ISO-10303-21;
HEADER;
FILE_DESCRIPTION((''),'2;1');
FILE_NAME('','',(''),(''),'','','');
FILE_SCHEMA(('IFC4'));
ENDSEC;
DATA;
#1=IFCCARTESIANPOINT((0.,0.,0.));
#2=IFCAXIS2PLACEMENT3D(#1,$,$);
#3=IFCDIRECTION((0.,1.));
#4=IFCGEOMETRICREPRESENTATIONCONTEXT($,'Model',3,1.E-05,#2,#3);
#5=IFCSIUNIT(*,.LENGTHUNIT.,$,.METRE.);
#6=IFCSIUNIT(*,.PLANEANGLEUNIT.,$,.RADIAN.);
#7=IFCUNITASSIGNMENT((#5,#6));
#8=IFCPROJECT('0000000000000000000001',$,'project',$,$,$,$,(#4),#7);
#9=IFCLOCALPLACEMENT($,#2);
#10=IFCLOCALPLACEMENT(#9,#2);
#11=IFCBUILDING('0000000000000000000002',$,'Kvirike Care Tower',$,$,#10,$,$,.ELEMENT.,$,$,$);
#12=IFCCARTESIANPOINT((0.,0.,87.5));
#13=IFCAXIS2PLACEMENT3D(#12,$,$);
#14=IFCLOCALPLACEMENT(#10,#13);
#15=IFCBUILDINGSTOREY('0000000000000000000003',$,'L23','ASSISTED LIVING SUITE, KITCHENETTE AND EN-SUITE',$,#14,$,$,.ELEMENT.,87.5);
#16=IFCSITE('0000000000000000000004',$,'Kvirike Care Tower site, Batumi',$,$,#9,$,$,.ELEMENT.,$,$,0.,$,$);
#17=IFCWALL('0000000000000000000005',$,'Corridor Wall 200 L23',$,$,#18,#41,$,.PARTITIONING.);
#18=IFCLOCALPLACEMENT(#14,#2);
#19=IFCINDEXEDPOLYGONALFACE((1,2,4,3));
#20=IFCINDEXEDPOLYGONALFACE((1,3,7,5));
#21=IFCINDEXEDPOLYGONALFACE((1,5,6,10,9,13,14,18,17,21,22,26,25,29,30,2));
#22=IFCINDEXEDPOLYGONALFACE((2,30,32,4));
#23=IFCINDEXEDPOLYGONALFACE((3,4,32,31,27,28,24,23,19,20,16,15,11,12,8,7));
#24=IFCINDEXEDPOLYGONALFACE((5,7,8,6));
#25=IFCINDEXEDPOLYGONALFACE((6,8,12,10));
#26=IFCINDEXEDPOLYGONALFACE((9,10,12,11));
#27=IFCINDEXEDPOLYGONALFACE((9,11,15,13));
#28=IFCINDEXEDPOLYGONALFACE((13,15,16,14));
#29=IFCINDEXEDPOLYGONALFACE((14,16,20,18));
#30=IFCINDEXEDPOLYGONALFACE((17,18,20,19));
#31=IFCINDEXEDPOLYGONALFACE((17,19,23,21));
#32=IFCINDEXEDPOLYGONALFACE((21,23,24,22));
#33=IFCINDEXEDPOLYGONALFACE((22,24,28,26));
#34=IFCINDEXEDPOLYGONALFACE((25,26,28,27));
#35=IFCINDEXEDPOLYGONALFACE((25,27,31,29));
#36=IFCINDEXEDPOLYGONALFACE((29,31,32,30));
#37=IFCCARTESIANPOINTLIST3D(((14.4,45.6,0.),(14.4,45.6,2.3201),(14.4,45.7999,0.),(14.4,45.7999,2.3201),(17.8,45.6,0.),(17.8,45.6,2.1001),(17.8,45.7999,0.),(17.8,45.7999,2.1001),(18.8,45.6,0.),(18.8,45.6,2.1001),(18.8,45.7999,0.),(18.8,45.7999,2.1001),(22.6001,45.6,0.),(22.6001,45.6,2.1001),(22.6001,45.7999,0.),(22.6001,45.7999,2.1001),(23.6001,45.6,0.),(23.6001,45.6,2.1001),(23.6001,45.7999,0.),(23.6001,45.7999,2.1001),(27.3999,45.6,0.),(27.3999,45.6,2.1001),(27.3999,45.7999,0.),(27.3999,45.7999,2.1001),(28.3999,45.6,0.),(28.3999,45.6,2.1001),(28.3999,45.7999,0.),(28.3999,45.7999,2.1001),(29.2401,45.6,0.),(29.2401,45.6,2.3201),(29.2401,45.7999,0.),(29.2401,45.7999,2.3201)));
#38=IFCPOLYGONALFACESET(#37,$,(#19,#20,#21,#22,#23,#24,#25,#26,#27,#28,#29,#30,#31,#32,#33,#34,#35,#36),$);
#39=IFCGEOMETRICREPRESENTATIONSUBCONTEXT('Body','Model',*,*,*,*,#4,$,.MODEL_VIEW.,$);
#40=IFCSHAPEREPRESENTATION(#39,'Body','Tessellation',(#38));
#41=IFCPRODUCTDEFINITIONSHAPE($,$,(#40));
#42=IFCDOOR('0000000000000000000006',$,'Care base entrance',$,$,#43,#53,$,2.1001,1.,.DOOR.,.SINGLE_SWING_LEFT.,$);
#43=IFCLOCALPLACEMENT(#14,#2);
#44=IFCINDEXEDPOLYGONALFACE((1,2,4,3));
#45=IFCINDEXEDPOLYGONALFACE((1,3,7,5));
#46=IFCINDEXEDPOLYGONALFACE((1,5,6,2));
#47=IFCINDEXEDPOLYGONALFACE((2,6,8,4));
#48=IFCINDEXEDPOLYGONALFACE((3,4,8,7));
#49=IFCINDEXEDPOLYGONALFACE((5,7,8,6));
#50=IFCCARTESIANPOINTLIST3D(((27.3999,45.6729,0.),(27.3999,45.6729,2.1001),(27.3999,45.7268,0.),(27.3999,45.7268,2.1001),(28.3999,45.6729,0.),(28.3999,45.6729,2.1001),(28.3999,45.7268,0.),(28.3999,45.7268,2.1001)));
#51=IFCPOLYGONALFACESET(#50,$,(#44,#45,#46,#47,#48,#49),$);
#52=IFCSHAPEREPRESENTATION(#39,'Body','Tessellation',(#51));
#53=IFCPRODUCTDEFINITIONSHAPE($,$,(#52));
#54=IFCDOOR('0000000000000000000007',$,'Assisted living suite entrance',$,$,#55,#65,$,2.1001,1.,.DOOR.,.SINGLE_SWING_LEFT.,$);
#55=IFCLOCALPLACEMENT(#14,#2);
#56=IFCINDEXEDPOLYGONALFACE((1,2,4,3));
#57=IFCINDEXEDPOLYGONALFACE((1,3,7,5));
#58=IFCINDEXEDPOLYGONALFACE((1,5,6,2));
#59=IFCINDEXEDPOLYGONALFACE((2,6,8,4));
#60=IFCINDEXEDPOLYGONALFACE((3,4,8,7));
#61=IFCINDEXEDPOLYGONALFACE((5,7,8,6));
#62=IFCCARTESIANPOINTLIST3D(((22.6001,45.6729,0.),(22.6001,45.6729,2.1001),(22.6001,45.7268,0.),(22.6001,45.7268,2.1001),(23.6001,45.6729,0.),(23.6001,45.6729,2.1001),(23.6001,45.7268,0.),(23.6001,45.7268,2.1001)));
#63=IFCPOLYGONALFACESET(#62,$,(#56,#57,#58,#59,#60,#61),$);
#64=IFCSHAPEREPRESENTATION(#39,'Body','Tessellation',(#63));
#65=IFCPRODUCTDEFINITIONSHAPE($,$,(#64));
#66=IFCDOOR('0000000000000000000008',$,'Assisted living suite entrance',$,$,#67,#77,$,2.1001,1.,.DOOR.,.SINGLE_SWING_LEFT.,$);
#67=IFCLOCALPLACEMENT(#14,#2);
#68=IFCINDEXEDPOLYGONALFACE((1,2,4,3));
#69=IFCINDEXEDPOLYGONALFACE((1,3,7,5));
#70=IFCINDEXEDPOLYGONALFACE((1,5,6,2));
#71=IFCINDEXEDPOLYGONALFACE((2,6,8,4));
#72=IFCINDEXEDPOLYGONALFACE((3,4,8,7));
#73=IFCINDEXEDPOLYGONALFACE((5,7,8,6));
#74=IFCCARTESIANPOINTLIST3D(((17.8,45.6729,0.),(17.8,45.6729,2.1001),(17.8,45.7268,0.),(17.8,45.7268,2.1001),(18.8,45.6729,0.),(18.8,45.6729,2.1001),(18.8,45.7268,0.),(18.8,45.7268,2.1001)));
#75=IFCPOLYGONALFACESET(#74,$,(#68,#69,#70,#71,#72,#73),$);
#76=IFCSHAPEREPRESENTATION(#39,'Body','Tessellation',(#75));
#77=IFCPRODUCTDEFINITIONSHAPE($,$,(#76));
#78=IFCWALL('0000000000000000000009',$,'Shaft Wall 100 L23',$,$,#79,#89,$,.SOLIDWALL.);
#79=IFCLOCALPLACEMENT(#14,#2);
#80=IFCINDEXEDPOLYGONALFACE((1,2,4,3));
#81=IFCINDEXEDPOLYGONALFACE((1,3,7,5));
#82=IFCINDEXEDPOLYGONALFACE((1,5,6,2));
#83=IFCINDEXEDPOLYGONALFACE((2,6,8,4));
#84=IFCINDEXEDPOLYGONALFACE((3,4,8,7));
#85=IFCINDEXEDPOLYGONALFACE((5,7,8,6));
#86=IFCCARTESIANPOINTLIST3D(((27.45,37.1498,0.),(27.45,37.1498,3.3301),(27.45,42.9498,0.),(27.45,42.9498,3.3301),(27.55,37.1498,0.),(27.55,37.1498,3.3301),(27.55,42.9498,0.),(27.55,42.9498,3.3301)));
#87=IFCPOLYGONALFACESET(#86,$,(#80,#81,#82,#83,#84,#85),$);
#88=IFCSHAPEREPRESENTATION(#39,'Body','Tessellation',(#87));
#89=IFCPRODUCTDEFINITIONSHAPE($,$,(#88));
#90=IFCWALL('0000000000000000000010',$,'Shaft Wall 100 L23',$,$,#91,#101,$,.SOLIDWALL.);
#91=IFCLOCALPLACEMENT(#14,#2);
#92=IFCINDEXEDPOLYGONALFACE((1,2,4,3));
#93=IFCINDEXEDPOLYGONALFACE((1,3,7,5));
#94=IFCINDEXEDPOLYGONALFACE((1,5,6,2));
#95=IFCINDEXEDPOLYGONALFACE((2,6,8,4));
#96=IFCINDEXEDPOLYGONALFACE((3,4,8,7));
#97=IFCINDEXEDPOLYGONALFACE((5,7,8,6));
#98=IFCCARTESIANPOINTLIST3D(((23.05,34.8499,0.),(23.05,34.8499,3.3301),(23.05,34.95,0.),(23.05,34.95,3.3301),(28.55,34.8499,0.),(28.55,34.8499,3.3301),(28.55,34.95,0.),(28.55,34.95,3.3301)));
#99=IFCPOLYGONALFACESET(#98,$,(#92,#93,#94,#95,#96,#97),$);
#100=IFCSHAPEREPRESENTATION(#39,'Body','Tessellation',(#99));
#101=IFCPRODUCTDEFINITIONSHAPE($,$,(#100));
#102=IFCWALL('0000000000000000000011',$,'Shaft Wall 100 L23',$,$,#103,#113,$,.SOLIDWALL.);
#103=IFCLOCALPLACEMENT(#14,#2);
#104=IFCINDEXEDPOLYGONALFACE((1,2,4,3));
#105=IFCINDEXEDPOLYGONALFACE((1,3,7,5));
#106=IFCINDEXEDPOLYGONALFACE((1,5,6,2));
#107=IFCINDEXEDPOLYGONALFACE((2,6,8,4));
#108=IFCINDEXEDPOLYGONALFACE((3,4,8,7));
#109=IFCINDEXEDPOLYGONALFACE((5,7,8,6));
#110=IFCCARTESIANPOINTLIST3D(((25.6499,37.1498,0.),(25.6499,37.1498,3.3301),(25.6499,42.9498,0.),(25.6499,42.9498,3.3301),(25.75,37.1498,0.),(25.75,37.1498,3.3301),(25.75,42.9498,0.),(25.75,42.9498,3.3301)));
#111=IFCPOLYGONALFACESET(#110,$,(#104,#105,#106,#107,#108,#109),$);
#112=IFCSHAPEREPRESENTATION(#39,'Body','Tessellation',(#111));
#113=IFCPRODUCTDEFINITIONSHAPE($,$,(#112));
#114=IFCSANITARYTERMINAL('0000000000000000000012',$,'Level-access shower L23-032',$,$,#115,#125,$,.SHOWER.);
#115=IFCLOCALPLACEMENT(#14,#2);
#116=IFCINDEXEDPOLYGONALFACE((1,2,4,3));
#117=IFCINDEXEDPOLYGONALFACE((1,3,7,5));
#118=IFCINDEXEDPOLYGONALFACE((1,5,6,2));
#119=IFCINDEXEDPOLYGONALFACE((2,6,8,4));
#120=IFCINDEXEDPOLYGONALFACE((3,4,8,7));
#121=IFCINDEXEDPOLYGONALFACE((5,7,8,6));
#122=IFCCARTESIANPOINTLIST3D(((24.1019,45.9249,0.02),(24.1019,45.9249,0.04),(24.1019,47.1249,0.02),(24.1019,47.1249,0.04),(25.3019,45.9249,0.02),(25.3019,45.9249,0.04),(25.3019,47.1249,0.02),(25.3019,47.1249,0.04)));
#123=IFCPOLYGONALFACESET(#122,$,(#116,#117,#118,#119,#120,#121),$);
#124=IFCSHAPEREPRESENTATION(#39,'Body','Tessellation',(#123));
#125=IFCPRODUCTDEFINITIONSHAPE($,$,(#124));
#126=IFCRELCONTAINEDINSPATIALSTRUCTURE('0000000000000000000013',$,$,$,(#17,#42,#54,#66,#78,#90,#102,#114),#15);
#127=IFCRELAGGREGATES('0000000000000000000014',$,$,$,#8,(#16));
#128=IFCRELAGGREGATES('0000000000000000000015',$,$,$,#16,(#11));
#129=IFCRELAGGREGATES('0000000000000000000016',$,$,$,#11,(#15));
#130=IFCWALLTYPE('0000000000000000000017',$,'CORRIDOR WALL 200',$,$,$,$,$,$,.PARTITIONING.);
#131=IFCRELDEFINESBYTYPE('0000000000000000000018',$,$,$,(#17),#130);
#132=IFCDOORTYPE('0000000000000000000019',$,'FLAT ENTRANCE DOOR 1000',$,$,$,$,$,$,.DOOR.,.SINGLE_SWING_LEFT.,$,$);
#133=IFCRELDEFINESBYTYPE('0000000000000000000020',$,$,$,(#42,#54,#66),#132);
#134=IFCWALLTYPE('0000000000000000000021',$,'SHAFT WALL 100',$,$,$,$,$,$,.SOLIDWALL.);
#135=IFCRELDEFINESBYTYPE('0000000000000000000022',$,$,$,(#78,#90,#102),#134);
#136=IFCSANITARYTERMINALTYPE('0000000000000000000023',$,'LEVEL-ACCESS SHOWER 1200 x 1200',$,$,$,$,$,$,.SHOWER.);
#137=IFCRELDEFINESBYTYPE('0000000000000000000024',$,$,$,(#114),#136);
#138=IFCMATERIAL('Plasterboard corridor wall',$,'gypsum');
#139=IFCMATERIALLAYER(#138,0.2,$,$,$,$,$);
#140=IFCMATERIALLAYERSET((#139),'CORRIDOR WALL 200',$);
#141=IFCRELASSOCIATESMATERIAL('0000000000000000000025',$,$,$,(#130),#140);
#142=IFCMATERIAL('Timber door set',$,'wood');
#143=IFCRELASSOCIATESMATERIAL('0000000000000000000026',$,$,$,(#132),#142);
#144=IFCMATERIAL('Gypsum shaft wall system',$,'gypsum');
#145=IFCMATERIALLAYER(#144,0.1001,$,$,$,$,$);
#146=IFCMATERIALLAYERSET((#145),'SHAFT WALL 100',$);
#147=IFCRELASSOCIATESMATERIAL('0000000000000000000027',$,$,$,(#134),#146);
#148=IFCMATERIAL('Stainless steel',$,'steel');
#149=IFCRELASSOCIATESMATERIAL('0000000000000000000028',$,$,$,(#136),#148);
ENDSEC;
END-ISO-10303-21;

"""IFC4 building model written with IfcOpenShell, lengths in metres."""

from ifc_helpers import new_model, si_unit, direction, frame, frame_2d, origin, origin_2d, place, context, subcontext, project, spatial, rectangle, extrude, material, layer, layer_set, type_object, element, fill, save


model = new_model("IFC4")

# Units and contexts
model_context = context("Model", 3, precision=1e-05, world=origin(), true_north=direction((0.0, 1.0)))
body_context = subcontext(model_context, "Body", "Model", "MODEL_VIEW")
ifc_project = project(units=[si_unit("LENGTHUNIT", "METRE"), si_unit("PLANEANGLEUNIT", "RADIAN")], contexts=[model_context])

# Site, building, storey
site_placement = place(None, origin())
site = spatial("IfcSite", under=ifc_project, at=site_placement, Name="Kvirike Care Tower site, Batumi", CompositionType="ELEMENT", RefElevation=0.0)
building_placement = place(site_placement, origin())
building = spatial("IfcBuilding", under=site, at=building_placement, Name="Kvirike Care Tower", CompositionType="ELEMENT")
storey_placement = place(building_placement, frame((0.0, 0.0, 87.5)))
storey = spatial("IfcBuildingStorey", under=building, at=storey_placement, Name="L23", Description="ASSISTED LIVING SUITE, KITCHENETTE AND EN-SUITE", CompositionType="ELEMENT", Elevation=87.5)

# Wall, openings, doors
ifc_material_1 = material(Name="Plasterboard corridor wall", Category="gypsum")
ifc_layer_1 = layer(ifc_material_1, 0.2)
ifc_layer_set_1 = layer_set([ifc_layer_1], Name="CORRIDOR WALL 200")
wall_type_1 = type_object("IfcWallType", Name="CORRIDOR WALL 200", PredefinedType="PARTITIONING", material=ifc_layer_set_1)
wall_1_placement = place(storey_placement, frame((29.24, 45.7, 0.0), z_axis=(0.0, 0.0, 1.0), x_axis=(-1.0, 0.0, 0.0)))
wall_1 = element("IfcWall", 1, at=wall_1_placement, inside=storey, type_object=wall_type_1, Name="Corridor Wall 200 L23", PredefinedType="PARTITIONING", context=body_context, shape_type="SweptSolid", body=[
    extrude(rectangle(XDim=14.8401, YDim=0.2, at=frame_2d((7.4199, 0.0))), origin(), (0.0, 0.0, 1.0), 2.3201),
])
opening_1_placement = place(wall_1_placement, frame((0.8401, 0.0, 0.0)))
opening_1 = element("IfcOpeningElement", 2, at=opening_1_placement, cuts=wall_1, PredefinedType="OPENING", context=body_context, shape_type="SweptSolid", body=[
    extrude(rectangle(XDim=1.0, YDim=2.1001, at=frame_2d((0.5, 1.05))), frame((0.0, 0.1106, 0.0), z_axis=(0.0, -1.0, 0.0), x_axis=(1.0, 0.0, 0.0)), (0.0, 0.0, 1.0), 0.2209),
])
opening_2_placement = place(wall_1_placement, frame((5.6399, 0.0, 0.0)))
opening_2 = element("IfcOpeningElement", 3, at=opening_2_placement, cuts=wall_1, PredefinedType="OPENING", context=body_context, shape_type="SweptSolid", body=[
    extrude(rectangle(XDim=1.0, YDim=2.1001, at=frame_2d((0.5, 1.05))), frame((0.0, 0.1106, 0.0), z_axis=(0.0, -1.0, 0.0), x_axis=(1.0, 0.0, 0.0)), (0.0, 0.0, 1.0), 0.2209),
])
opening_3_placement = place(wall_1_placement, frame((10.4399, 0.0, 0.0)))
opening_3 = element("IfcOpeningElement", 4, at=opening_3_placement, cuts=wall_1, PredefinedType="OPENING", context=body_context, shape_type="SweptSolid", body=[
    extrude(rectangle(XDim=1.0, YDim=2.1001, at=frame_2d((0.5, 1.05))), frame((0.0, 0.1106, 0.0), z_axis=(0.0, -1.0, 0.0), x_axis=(1.0, 0.0, 0.0)), (0.0, 0.0, 1.0), 0.2209),
])
ifc_material_2 = material(Name="Timber door set", Category="wood")
door_type_1 = type_object("IfcDoorType", Name="FLAT ENTRANCE DOOR 1000", OperationType="SINGLE_SWING_LEFT", PredefinedType="DOOR", material=ifc_material_2)
door_1_placement = place(opening_1_placement, frame((1.0, 0.0, 0.0), z_axis=(0.0, 0.0, 1.0), x_axis=(-1.0, 0.0, 0.0)))
door_1 = element("IfcDoor", 5, at=door_1_placement, inside=storey, type_object=door_type_1, Name="Care base entrance", OperationType="SINGLE_SWING_LEFT", OverallHeight=2.1001, OverallWidth=1.0, PredefinedType="DOOR", context=body_context, shape_type="SweptSolid", body=[
    extrude(rectangle(XDim=1.0, YDim=2.1001, at=frame_2d((0.5, 1.05))), frame((0.0, 0.0269, 0.0), z_axis=(0.0, -1.0, 0.0), x_axis=(1.0, 0.0, 0.0)), (0.0, 0.0, 1.0), 0.054),
])
fill(opening_1, door_1)
door_2_placement = place(opening_2_placement, frame((1.0, 0.0, 0.0), z_axis=(0.0, 0.0, 1.0), x_axis=(-1.0, 0.0, 0.0)))
door_2 = element("IfcDoor", 6, at=door_2_placement, inside=storey, type_object=door_type_1, Name="Assisted living suite entrance", OperationType="SINGLE_SWING_LEFT", OverallHeight=2.1001, OverallWidth=1.0, PredefinedType="DOOR", context=body_context, shape_type="SweptSolid", body=[
    extrude(rectangle(XDim=1.0, YDim=2.1001, at=frame_2d((0.5, 1.05))), frame((0.0, 0.0269, 0.0), z_axis=(0.0, -1.0, 0.0), x_axis=(1.0, 0.0, 0.0)), (0.0, 0.0, 1.0), 0.054),
])
fill(opening_2, door_2)
door_3_placement = place(opening_3_placement, frame((1.0, 0.0, 0.0), z_axis=(0.0, 0.0, 1.0), x_axis=(-1.0, 0.0, 0.0)))
door_3 = element("IfcDoor", 7, at=door_3_placement, inside=storey, type_object=door_type_1, Name="Assisted living suite entrance", OperationType="SINGLE_SWING_LEFT", OverallHeight=2.1001, OverallWidth=1.0, PredefinedType="DOOR", context=body_context, shape_type="SweptSolid", body=[
    extrude(rectangle(XDim=1.0, YDim=2.1001, at=frame_2d((0.5, 1.05))), frame((0.0, 0.0269, 0.0), z_axis=(0.0, -1.0, 0.0), x_axis=(1.0, 0.0, 0.0)), (0.0, 0.0, 1.0), 0.054),
])
fill(opening_3, door_3)

# Walls
ifc_material_3 = material(Name="Gypsum shaft wall system", Category="gypsum")
ifc_layer_2 = layer(ifc_material_3, 0.1001)
ifc_layer_set_2 = layer_set([ifc_layer_2], Name="SHAFT WALL 100")
wall_type_2 = type_object("IfcWallType", Name="SHAFT WALL 100", PredefinedType="SOLIDWALL", material=ifc_layer_set_2)
wall_2_placement = place(storey_placement, frame((27.5, 37.1499, 0.0), z_axis=(0.0, 0.0, 1.0), x_axis=(0.0, 1.0, 0.0)))
element("IfcWall", 8, at=wall_2_placement, inside=storey, type_object=wall_type_2, Name="Shaft Wall 100 L23", PredefinedType="SOLIDWALL", context=body_context, shape_type="SweptSolid", body=[
    extrude(rectangle(XDim=5.8, YDim=0.1001, at=frame_2d((2.8999, 0.0))), origin(), (0.0, 0.0, 1.0), 3.3301),
])
wall_3_placement = place(storey_placement, frame((23.05, 34.8999, 0.0), z_axis=(0.0, 0.0, 1.0), x_axis=(1.0, 0.0, 0.0)))
element("IfcWall", 9, at=wall_3_placement, inside=storey, type_object=wall_type_2, Name="Shaft Wall 100 L23", PredefinedType="SOLIDWALL", context=body_context, shape_type="SweptSolid", body=[
    extrude(rectangle(XDim=5.5, YDim=0.1001, at=frame_2d((2.75, 0.0))), origin(), (0.0, 0.0, 1.0), 3.3301),
])
wall_4_placement = place(storey_placement, frame((25.7, 37.1499, 0.0), z_axis=(0.0, 0.0, 1.0), x_axis=(0.0, 1.0, 0.0)))
element("IfcWall", 10, at=wall_4_placement, inside=storey, type_object=wall_type_2, Name="Shaft Wall 100 L23", PredefinedType="SOLIDWALL", context=body_context, shape_type="SweptSolid", body=[
    extrude(rectangle(XDim=5.8, YDim=0.1001, at=frame_2d((2.8999, 0.0))), origin(), (0.0, 0.0, 1.0), 3.3301),
])

# Sanitary terminal
ifc_material_4 = material(Name="Stainless steel", Category="steel")
sanitary_terminal_type = type_object("IfcSanitaryTerminalType", Name="LEVEL-ACCESS SHOWER 1200 x 1200", PredefinedType="SHOWER", material=ifc_material_4)
sanitary_terminal_placement = place(storey_placement, frame((24.7019, 46.5249, 0.02), z_axis=(0.0, 0.0, 1.0), x_axis=(0.0, 1.0, 0.0)))
element("IfcSanitaryTerminal", 11, at=sanitary_terminal_placement, inside=storey, type_object=sanitary_terminal_type, Name="Level-access shower L23-032", PredefinedType="SHOWER", context=body_context, shape_type="SweptSolid", body=[
    extrude(rectangle(XDim=1.2, YDim=1.2, at=origin_2d()), origin(), (0.0, 0.0, 1.0), 0.02),
])

save(model, "model.ifc")
